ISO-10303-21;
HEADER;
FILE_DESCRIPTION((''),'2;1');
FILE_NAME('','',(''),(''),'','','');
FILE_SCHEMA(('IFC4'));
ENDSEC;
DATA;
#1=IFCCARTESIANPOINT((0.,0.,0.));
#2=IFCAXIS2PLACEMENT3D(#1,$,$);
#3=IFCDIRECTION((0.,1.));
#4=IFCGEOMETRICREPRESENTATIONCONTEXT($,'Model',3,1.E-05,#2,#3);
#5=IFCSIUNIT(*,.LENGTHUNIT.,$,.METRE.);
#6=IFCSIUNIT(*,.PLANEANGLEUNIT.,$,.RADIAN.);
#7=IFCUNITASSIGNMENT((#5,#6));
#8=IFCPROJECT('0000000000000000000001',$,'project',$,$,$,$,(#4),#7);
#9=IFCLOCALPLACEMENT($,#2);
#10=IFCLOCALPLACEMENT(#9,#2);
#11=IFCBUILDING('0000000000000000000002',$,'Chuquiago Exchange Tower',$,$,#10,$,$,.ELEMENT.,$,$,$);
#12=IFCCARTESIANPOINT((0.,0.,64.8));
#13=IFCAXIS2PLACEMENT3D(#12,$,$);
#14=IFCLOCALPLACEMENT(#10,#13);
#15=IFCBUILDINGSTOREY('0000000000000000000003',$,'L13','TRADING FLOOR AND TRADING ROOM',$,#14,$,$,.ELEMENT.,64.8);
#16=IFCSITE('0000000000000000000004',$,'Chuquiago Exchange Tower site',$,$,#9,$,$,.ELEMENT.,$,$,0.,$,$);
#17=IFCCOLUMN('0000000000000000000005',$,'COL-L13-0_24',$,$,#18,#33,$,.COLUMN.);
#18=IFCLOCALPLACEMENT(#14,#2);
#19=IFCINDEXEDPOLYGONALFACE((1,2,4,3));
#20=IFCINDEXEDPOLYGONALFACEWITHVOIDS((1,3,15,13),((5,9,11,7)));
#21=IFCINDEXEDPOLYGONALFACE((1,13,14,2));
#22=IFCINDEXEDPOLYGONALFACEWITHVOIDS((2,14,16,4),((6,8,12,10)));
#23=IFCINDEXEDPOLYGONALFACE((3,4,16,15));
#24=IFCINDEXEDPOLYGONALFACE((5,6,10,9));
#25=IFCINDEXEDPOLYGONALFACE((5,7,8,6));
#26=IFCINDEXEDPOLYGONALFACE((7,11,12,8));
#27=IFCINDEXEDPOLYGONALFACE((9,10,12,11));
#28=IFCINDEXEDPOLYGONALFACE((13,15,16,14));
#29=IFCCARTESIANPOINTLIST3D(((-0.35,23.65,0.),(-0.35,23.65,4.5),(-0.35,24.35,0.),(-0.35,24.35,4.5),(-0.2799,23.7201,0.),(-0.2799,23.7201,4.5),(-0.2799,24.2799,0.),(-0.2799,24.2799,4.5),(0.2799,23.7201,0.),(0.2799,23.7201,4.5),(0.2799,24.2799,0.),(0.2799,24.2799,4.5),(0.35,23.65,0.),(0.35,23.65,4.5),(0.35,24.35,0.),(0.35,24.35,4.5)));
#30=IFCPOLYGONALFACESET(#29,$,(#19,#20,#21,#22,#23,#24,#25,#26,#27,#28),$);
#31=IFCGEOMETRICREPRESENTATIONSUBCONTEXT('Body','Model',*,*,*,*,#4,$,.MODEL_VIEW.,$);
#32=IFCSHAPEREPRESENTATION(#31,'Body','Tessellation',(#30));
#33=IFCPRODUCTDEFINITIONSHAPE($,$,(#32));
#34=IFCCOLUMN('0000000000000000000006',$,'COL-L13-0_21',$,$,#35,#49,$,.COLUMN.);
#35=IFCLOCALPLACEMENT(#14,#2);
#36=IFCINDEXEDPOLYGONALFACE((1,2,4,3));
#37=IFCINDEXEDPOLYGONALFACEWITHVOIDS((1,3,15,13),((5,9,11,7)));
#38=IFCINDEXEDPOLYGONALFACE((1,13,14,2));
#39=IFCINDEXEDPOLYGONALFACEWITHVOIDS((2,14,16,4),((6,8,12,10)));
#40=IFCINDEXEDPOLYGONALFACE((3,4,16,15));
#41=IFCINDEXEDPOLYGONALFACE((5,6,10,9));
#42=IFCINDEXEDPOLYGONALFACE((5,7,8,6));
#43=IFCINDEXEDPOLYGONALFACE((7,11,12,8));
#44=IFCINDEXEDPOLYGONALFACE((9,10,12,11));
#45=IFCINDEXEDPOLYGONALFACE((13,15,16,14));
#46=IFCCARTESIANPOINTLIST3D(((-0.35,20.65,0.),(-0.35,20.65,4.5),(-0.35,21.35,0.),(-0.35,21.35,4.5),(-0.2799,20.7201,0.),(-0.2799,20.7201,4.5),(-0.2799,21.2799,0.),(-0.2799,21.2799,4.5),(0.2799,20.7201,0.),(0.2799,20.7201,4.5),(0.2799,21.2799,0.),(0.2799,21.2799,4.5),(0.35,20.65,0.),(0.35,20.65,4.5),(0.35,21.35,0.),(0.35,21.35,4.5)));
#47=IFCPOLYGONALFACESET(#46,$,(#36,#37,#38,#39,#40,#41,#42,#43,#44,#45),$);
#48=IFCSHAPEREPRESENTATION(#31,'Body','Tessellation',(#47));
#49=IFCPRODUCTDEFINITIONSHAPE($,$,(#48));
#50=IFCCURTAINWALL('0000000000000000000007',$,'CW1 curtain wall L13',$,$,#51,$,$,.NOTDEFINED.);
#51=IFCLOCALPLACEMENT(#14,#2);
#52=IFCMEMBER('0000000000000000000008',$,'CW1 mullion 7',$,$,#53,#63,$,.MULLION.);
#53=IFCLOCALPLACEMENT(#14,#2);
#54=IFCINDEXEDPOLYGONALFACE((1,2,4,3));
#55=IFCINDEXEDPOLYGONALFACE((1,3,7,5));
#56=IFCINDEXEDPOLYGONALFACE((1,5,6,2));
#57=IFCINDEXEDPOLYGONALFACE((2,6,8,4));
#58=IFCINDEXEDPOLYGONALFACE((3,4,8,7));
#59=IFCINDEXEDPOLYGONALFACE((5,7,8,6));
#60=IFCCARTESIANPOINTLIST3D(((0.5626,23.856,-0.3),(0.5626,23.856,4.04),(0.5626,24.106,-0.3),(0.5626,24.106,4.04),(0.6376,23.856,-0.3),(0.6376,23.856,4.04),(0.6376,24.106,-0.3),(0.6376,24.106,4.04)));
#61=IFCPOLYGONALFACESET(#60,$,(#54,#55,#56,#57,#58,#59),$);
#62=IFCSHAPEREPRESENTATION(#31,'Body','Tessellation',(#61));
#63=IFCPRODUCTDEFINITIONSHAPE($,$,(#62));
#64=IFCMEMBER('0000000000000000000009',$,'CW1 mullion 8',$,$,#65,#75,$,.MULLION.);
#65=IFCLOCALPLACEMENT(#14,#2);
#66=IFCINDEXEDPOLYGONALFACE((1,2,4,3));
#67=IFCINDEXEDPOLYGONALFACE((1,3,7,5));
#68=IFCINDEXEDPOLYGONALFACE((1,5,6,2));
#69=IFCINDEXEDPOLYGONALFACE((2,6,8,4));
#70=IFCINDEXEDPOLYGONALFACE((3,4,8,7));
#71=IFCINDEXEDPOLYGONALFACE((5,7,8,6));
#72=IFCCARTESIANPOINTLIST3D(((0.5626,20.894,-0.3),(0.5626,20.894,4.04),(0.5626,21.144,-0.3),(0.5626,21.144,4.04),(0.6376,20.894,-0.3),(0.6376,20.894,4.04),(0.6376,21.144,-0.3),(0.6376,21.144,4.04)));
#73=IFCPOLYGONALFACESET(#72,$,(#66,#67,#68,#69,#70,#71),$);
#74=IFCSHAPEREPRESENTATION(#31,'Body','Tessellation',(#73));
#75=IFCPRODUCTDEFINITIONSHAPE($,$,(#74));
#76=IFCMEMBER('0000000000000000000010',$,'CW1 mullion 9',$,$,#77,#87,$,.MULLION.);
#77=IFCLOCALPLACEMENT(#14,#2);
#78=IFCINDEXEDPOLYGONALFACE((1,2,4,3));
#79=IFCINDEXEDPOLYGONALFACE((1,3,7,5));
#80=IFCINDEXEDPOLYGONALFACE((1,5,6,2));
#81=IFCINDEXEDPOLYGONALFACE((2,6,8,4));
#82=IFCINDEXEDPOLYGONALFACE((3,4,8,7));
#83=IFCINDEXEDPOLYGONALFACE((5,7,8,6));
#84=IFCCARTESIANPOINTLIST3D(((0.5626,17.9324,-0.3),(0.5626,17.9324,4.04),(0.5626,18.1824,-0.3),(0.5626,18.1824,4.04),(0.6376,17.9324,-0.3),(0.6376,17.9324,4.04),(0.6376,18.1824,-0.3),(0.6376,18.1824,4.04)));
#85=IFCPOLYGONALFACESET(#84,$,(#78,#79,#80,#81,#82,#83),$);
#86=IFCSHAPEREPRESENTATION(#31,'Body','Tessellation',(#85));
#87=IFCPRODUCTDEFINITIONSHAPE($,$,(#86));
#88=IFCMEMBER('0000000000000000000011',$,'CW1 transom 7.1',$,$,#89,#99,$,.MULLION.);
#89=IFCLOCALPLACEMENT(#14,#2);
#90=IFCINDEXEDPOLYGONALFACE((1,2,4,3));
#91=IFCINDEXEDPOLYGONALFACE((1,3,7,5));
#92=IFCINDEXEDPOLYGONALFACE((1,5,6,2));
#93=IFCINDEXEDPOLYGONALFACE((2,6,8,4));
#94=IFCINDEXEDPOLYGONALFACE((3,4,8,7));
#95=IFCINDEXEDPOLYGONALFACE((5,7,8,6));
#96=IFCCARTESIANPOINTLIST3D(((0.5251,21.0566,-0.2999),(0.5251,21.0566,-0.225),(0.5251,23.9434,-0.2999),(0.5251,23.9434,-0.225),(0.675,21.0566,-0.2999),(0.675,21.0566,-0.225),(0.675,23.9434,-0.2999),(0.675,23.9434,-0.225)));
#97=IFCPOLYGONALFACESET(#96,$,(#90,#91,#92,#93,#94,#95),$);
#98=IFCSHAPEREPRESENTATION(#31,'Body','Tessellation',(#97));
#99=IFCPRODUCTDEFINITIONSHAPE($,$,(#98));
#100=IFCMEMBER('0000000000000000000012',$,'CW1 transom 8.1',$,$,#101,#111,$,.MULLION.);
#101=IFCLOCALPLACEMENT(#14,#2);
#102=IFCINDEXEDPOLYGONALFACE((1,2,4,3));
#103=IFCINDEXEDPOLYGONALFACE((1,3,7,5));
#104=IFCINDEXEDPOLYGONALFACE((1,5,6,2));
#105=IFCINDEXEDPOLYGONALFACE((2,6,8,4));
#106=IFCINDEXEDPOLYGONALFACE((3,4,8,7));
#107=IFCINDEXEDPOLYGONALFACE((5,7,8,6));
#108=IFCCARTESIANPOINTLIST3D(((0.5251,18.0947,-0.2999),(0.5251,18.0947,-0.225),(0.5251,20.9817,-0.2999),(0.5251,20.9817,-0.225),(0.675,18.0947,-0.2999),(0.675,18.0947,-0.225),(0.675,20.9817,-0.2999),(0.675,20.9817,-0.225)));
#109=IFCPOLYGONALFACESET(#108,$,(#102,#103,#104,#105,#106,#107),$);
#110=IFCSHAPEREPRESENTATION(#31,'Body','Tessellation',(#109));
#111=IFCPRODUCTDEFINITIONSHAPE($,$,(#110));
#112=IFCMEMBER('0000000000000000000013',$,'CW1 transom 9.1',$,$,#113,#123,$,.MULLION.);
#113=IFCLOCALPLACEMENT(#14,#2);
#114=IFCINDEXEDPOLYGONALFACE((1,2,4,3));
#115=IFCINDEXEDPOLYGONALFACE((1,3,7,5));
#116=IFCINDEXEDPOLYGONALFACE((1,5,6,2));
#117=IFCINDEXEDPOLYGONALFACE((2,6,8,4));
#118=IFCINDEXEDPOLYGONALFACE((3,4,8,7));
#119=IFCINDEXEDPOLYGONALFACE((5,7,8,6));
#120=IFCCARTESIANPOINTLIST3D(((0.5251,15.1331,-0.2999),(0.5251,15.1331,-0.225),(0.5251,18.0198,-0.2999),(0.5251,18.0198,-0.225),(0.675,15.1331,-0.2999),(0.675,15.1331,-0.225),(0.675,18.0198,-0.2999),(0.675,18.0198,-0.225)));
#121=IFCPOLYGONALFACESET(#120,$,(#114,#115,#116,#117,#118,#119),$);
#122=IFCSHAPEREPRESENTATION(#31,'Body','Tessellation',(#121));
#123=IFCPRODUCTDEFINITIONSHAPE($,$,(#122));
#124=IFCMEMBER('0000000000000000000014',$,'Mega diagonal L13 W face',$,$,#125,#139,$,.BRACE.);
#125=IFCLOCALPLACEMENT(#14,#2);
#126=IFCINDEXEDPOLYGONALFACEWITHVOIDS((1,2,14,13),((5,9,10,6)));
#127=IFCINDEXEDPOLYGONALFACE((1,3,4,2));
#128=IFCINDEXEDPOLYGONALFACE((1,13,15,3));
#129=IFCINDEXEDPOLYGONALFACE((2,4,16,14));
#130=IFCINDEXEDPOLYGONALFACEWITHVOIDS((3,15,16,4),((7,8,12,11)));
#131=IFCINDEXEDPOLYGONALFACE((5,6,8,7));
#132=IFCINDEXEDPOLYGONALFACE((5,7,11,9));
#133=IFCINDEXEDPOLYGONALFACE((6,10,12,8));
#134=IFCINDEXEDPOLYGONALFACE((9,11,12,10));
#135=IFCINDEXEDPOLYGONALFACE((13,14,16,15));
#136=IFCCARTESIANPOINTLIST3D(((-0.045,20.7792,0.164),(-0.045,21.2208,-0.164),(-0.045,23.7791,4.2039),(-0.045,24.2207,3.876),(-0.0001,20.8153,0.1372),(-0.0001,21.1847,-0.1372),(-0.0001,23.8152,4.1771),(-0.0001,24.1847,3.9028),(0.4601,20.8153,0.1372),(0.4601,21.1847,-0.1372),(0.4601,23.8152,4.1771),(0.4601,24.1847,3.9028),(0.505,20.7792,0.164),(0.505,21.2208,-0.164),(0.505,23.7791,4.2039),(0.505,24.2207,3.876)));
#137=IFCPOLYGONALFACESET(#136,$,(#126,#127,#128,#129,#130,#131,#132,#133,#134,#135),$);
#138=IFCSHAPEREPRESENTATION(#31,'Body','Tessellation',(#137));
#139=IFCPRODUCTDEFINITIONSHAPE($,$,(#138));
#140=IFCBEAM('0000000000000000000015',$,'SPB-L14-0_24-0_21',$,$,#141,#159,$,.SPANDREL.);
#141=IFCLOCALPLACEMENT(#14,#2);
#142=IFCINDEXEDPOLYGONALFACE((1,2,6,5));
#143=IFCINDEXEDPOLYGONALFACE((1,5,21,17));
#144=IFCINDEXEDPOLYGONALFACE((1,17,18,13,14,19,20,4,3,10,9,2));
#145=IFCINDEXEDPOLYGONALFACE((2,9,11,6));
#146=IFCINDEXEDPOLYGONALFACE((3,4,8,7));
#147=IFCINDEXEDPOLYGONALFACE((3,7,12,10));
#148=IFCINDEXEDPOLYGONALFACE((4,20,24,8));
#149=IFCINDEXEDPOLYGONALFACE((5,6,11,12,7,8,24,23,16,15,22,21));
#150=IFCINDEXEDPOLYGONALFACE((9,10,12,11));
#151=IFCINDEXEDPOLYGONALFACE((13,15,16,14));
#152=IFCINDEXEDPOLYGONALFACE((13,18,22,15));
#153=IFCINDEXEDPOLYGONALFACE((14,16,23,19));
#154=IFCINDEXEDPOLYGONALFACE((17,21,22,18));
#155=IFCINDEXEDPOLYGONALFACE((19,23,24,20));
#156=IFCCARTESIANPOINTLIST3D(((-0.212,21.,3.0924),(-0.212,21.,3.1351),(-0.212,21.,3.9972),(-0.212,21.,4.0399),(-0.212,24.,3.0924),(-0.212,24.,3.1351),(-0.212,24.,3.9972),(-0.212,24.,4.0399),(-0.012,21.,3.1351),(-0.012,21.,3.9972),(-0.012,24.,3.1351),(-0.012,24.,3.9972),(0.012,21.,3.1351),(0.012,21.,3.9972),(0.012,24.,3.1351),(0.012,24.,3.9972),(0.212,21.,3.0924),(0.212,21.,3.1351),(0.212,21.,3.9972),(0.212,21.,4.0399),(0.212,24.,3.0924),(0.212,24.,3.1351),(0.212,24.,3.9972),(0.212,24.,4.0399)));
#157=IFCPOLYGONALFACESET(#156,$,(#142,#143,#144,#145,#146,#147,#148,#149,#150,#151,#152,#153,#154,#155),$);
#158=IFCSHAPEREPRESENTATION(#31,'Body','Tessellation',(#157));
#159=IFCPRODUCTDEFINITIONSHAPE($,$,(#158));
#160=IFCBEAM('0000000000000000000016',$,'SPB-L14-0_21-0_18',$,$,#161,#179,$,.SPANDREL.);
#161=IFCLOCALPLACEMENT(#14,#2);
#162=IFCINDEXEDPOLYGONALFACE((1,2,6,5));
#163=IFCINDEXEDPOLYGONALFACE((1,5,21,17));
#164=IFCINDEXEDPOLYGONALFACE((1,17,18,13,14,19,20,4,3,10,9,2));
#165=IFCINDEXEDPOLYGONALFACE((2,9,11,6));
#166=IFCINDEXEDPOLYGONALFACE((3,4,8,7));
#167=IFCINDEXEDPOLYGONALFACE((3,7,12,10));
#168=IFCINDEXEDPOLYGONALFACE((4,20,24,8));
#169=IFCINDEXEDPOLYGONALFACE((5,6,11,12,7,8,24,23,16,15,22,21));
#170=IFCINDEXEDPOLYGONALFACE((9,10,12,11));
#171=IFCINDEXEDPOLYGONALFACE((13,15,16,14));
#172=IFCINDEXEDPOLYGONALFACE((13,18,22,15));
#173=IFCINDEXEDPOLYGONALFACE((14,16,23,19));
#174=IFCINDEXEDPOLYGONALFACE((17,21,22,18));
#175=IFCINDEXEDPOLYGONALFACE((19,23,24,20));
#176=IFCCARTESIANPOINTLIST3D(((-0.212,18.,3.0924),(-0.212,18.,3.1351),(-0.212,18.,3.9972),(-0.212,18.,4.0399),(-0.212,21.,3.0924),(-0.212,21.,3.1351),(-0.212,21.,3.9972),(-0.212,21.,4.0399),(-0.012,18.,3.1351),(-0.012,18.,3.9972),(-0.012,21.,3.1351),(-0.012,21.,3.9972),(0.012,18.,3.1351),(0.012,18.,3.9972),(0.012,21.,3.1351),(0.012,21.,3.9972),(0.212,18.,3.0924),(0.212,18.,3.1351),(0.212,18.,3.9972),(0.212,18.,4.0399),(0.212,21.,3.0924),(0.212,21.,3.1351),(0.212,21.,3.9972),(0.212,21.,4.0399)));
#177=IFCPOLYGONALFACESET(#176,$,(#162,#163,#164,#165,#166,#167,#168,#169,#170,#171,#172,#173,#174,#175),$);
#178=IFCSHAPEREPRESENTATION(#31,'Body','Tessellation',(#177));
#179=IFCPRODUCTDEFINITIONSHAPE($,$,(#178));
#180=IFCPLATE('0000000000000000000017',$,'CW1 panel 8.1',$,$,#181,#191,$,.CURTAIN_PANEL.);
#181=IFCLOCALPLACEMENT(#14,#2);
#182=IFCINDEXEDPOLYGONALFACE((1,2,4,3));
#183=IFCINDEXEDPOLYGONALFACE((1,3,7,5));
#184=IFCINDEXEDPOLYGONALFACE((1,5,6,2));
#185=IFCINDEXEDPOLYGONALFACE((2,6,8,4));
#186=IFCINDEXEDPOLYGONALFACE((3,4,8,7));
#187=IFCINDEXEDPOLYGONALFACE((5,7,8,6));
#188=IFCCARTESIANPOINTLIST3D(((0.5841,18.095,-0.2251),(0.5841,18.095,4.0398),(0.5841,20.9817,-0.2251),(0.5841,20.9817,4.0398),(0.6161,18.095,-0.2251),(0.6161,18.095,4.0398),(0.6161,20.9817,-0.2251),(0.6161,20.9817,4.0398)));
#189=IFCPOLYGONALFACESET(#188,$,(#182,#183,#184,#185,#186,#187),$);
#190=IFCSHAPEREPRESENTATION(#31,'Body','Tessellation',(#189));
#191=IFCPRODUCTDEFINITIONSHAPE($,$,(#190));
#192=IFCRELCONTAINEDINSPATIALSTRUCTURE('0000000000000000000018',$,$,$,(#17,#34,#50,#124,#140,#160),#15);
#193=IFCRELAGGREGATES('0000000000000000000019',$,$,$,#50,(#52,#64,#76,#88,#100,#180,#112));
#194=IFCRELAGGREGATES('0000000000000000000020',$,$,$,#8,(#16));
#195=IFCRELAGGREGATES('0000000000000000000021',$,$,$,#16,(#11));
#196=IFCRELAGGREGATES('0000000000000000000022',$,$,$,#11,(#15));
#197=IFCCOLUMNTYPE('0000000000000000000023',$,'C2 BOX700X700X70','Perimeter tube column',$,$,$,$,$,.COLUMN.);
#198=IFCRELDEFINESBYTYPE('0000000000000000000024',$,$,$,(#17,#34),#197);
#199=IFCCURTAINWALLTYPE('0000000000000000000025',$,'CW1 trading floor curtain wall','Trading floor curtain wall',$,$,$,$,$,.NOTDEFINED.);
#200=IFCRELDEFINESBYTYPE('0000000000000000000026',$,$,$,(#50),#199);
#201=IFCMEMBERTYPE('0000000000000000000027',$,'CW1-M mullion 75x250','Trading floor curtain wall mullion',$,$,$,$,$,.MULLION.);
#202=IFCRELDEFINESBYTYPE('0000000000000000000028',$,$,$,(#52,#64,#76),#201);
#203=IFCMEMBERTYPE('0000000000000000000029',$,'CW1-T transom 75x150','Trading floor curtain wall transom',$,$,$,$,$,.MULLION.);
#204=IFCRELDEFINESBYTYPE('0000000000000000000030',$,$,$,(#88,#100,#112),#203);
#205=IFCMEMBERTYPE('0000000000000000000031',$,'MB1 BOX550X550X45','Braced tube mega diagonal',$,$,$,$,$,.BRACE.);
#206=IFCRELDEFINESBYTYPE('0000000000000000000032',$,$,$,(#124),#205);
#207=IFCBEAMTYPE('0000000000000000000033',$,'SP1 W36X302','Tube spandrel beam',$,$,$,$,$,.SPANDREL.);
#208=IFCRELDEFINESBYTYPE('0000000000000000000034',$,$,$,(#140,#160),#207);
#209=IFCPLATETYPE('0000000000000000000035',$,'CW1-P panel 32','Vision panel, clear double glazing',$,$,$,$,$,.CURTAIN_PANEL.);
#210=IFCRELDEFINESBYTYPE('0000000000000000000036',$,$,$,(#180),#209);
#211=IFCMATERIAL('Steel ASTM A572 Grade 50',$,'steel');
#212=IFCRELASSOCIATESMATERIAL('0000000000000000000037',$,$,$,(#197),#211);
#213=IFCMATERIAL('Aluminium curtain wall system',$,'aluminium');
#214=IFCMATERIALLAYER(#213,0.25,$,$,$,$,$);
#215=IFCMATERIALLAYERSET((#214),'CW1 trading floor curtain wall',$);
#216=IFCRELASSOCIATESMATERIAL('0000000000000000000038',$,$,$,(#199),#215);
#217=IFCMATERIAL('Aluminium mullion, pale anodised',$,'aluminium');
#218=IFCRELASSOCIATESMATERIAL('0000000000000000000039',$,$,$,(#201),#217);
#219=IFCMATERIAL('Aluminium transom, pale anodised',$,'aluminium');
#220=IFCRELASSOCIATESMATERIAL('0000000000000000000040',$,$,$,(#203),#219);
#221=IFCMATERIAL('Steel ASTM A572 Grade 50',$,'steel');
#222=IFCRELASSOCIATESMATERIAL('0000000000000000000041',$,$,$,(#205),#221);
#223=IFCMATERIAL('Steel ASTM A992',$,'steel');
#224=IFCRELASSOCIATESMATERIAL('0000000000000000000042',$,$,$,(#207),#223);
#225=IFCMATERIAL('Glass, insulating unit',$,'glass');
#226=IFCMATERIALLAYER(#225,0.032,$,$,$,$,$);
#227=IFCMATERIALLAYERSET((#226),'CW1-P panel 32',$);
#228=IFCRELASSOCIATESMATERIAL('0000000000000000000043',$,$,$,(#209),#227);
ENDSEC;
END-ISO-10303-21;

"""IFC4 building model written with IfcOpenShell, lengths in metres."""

from ifc_helpers import new_model, si_unit, direction, frame, origin, origin_2d, place, context, subcontext, project, spatial, rectangle, hollow_rectangle, i_section, extrude, material, layer, layer_set, material_profile, profile_set, type_object, element, aggregate, save


model = new_model("IFC4")

# Units and contexts
model_context = context("Model", 3, precision=1e-05, world=origin(), true_north=direction((0.0, 1.0)))
body_context = subcontext(model_context, "Body", "Model", "MODEL_VIEW")
ifc_project = project(units=[si_unit("LENGTHUNIT", "METRE"), si_unit("PLANEANGLEUNIT", "RADIAN")], contexts=[model_context])

# Site, building, storey
site_placement = place(None, origin())
site = spatial("IfcSite", under=ifc_project, at=site_placement, Name="Chuquiago Exchange Tower site", CompositionType="ELEMENT", RefElevation=0.0)
building_placement = place(site_placement, origin())
building = spatial("IfcBuilding", under=site, at=building_placement, Name="Chuquiago Exchange Tower", CompositionType="ELEMENT")
storey_placement = place(building_placement, frame((0.0, 0.0, 64.8)))
storey = spatial("IfcBuildingStorey", under=building, at=storey_placement, Name="L13", Description="TRADING FLOOR AND TRADING ROOM", CompositionType="ELEMENT", Elevation=64.8)

# Columns
ifc_material_1 = material(Name="Steel ASTM A572 Grade 50", Category="steel")
ifc_material_profile_1 = material_profile(ifc_material_1, hollow_rectangle(XDim=0.7, YDim=0.7, WallThickness=0.0701, at=origin_2d()), Name="BOX700X700X70")
ifc_profile_set_1 = profile_set([ifc_material_profile_1], Name="Steel ASTM A572 Grade 50")
column_type = type_object("IfcColumnType", Name="C2 BOX700X700X70", Description="Perimeter tube column", PredefinedType="COLUMN", material=ifc_profile_set_1)
for number, where, z_axis, x_axis, name in (
    (1, (0.0, 24.0, 0.0), (0.0, 0.0, 1.0), (-1.0, 0.0, 0.0), "COL-L13-0_24"),
    (2, (0.0, 21.0, 0.0), (0.0, 0.0, 1.0), (-1.0, 0.0, 0.0), "COL-L13-0_21"),
):
    element("IfcColumn", number, at=place(storey_placement, frame(where, z_axis=z_axis, x_axis=x_axis)), inside=storey, type_object=column_type, Name=name, PredefinedType="COLUMN", context=body_context, shape_type="SweptSolid", body=[
        extrude(hollow_rectangle(XDim=0.7, YDim=0.7, WallThickness=0.0701, at=origin_2d()), origin(), (0.0, 0.0, 1.0), 4.5),
    ])

# Curtain wall, members
ifc_material_2 = material(Name="Aluminium curtain wall system", Category="aluminium")
ifc_layer_1 = layer(ifc_material_2, 0.25)
ifc_layer_set_1 = layer_set([ifc_layer_1], Name="CW1 trading floor curtain wall")
curtain_wall_type = type_object("IfcCurtainWallType", Name="CW1 trading floor curtain wall", Description="Trading floor curtain wall", PredefinedType="NOTDEFINED", material=ifc_layer_set_1)
curtain_wall_placement = place(storey_placement, origin())
curtain_wall = element("IfcCurtainWall", 3, at=curtain_wall_placement, inside=storey, type_object=curtain_wall_type, Name="CW1 curtain wall L13", PredefinedType="NOTDEFINED")
ifc_material_3 = material(Name="Aluminium mullion, pale anodised", Category="aluminium")
ifc_material_profile_2 = material_profile(ifc_material_3, rectangle(XDim=0.075, YDim=0.25, at=origin_2d()), Name="AL 75x250")
ifc_profile_set_2 = profile_set([ifc_material_profile_2], Name="Aluminium mullion, pale anodised")
member_type_1 = type_object("IfcMemberType", Name="CW1-M mullion 75x250", Description="Trading floor curtain wall mullion", PredefinedType="MULLION", material=ifc_profile_set_2)
member_1_placement = place(storey_placement, frame((0.6001, 23.981, -0.3), z_axis=(0.0, 0.0, 1.0), x_axis=(1.0, 0.0, 0.0)))
member_1 = element("IfcMember", 4, at=member_1_placement, type_object=member_type_1, Name="CW1 mullion 7", PredefinedType="MULLION", context=body_context, shape_type="SweptSolid", body=[
    extrude(rectangle(XDim=0.075, YDim=0.25, at=origin_2d()), origin(), (0.0, 0.0, 1.0), 4.3401),
])
member_2_placement = place(storey_placement, frame((0.6001, 21.019, -0.3), z_axis=(0.0, 0.0, 1.0), x_axis=(1.0, 0.0, 0.0)))
member_2 = element("IfcMember", 5, at=member_2_placement, type_object=member_type_1, Name="CW1 mullion 8", PredefinedType="MULLION", context=body_context, shape_type="SweptSolid", body=[
    extrude(rectangle(XDim=0.075, YDim=0.25, at=origin_2d()), origin(), (0.0, 0.0, 1.0), 4.3401),
])
member_3_placement = place(storey_placement, frame((0.6001, 18.0574, -0.3), z_axis=(0.0, 0.0, 1.0), x_axis=(1.0, 0.0, 0.0)))
member_3 = element("IfcMember", 6, at=member_3_placement, type_object=member_type_1, Name="CW1 mullion 9", PredefinedType="MULLION", context=body_context, shape_type="SweptSolid", body=[
    extrude(rectangle(XDim=0.075, YDim=0.25, at=origin_2d()), origin(), (0.0, 0.0, 1.0), 4.3401),
])
ifc_material_4 = material(Name="Aluminium transom, pale anodised", Category="aluminium")
ifc_material_profile_3 = material_profile(ifc_material_4, rectangle(XDim=0.1499, YDim=0.075, at=origin_2d()), Name="AL 150x75")
ifc_profile_set_3 = profile_set([ifc_material_profile_3], Name="Aluminium transom, pale anodised")
member_type_2 = type_object("IfcMemberType", Name="CW1-T transom 75x150", Description="Trading floor curtain wall transom", PredefinedType="MULLION", material=ifc_profile_set_3)
member_4_placement = place(storey_placement, frame((0.6001, 23.9434, -0.2625), z_axis=(0.0, -1.0, 0.0), x_axis=(1.0, 0.0, 0.0)))
member_4 = element("IfcMember", 7, at=member_4_placement, type_object=member_type_2, Name="CW1 transom 7.1", PredefinedType="MULLION", context=body_context, shape_type="SweptSolid", body=[
    extrude(rectangle(XDim=0.1499, YDim=0.075, at=origin_2d()), origin(), (0.0, 0.0, 1.0), 2.8867),
])
member_5_placement = place(storey_placement, frame((0.6001, 20.9817, -0.2625), z_axis=(0.0, -1.0, 0.0), x_axis=(1.0, 0.0, 0.0)))
member_5 = element("IfcMember", 8, at=member_5_placement, type_object=member_type_2, Name="CW1 transom 8.1", PredefinedType="MULLION", context=body_context, shape_type="SweptSolid", body=[
    extrude(rectangle(XDim=0.1499, YDim=0.075, at=origin_2d()), origin(), (0.0, 0.0, 1.0), 2.887),
])
member_6_placement = place(storey_placement, frame((0.6001, 18.0198, -0.2625), z_axis=(0.0, -1.0, 0.0), x_axis=(1.0, 0.0, 0.0)))
member_6 = element("IfcMember", 9, at=member_6_placement, type_object=member_type_2, Name="CW1 transom 9.1", PredefinedType="MULLION", context=body_context, shape_type="SweptSolid", body=[
    extrude(rectangle(XDim=0.1499, YDim=0.075, at=origin_2d()), origin(), (0.0, 0.0, 1.0), 2.8867),
])

# Member
ifc_material_5 = material(Name="Steel ASTM A572 Grade 50", Category="steel")
ifc_material_profile_4 = material_profile(ifc_material_5, hollow_rectangle(XDim=0.55, YDim=0.55, WallThickness=0.0449, at=origin_2d()), Name="BOX550X550X45")
ifc_profile_set_4 = profile_set([ifc_material_profile_4], Name="Steel ASTM A572 Grade 50")
member_type_3 = type_object("IfcMemberType", Name="MB1 BOX550X550X45", Description="Braced tube mega diagonal", PredefinedType="BRACE", material=ifc_profile_set_4)
member_7_placement = place(storey_placement, frame((0.23, 21.0, 0.0), z_axis=(0.0, 0.596174, 0.802855), x_axis=(-1.0, 0.0, 0.0)))
element("IfcMember", 10, at=member_7_placement, inside=storey, type_object=member_type_3, Name="Mega diagonal L13 W face", PredefinedType="BRACE", context=body_context, shape_type="SweptSolid", body=[
    extrude(hollow_rectangle(XDim=0.55, YDim=0.55, WallThickness=0.0449, at=origin_2d()), origin(), (0.0, 0.0, 1.0), 5.032),
])

# Beams
ifc_material_6 = material(Name="Steel ASTM A992", Category="steel")
ifc_material_profile_5 = material_profile(ifc_material_6, i_section(OverallWidth=0.4241, OverallDepth=0.9475, WebThickness=0.0239, FlangeThickness=0.0427, at=origin_2d()), Name="W36X302")
ifc_profile_set_5 = profile_set([ifc_material_profile_5], Name="Steel ASTM A992")
beam_type = type_object("IfcBeamType", Name="SP1 W36X302", Description="Tube spandrel beam", PredefinedType="SPANDREL", material=ifc_profile_set_5)
for number, where, z_axis, x_axis, name in (
    (11, (0.0, 24.0, 3.5662), (0.0, -1.0, 0.0), (1.0, 0.0, 0.0), "SPB-L14-0_24-0_21"),
    (12, (0.0, 21.0, 3.5662), (0.0, -1.0, 0.0), (1.0, 0.0, 0.0), "SPB-L14-0_21-0_18"),
):
    element("IfcBeam", number, at=place(storey_placement, frame(where, z_axis=z_axis, x_axis=x_axis)), inside=storey, type_object=beam_type, Name=name, PredefinedType="SPANDREL", context=body_context, shape_type="SweptSolid", body=[
        extrude(i_section(OverallWidth=0.4241, OverallDepth=0.9475, WebThickness=0.0239, FlangeThickness=0.0427, at=origin_2d()), origin(), (0.0, 0.0, 1.0), 3.0),
    ])

# Plate
ifc_material_7 = material(Name="Glass, insulating unit", Category="glass")
ifc_layer_2 = layer(ifc_material_7, 0.032)
ifc_layer_set_2 = layer_set([ifc_layer_2], Name="CW1-P panel 32")
plate_type_1 = type_object("IfcPlateType", Name="CW1-P panel 32", Description="Vision panel, clear double glazing", PredefinedType="CURTAIN_PANEL", material=ifc_layer_set_2)
plate_1_placement = place(storey_placement, frame((0.6001, 19.5383, -0.2251), z_axis=(0.0, 0.0, 1.0), x_axis=(0.0, -1.0, 0.0)))
plate_1 = element("IfcPlate", 13, at=plate_1_placement, type_object=plate_type_1, Name="CW1 panel 8.1", PredefinedType="CURTAIN_PANEL", context=body_context, shape_type="SweptSolid", body=[
    extrude(rectangle(XDim=2.8867, YDim=0.032, at=origin_2d()), origin(), (0.0, 0.0, 1.0), 4.2649),
])
aggregate(curtain_wall, [member_1, member_2, member_3, member_4, member_5, plate_1, member_6])

save(model, "model.ifc")
